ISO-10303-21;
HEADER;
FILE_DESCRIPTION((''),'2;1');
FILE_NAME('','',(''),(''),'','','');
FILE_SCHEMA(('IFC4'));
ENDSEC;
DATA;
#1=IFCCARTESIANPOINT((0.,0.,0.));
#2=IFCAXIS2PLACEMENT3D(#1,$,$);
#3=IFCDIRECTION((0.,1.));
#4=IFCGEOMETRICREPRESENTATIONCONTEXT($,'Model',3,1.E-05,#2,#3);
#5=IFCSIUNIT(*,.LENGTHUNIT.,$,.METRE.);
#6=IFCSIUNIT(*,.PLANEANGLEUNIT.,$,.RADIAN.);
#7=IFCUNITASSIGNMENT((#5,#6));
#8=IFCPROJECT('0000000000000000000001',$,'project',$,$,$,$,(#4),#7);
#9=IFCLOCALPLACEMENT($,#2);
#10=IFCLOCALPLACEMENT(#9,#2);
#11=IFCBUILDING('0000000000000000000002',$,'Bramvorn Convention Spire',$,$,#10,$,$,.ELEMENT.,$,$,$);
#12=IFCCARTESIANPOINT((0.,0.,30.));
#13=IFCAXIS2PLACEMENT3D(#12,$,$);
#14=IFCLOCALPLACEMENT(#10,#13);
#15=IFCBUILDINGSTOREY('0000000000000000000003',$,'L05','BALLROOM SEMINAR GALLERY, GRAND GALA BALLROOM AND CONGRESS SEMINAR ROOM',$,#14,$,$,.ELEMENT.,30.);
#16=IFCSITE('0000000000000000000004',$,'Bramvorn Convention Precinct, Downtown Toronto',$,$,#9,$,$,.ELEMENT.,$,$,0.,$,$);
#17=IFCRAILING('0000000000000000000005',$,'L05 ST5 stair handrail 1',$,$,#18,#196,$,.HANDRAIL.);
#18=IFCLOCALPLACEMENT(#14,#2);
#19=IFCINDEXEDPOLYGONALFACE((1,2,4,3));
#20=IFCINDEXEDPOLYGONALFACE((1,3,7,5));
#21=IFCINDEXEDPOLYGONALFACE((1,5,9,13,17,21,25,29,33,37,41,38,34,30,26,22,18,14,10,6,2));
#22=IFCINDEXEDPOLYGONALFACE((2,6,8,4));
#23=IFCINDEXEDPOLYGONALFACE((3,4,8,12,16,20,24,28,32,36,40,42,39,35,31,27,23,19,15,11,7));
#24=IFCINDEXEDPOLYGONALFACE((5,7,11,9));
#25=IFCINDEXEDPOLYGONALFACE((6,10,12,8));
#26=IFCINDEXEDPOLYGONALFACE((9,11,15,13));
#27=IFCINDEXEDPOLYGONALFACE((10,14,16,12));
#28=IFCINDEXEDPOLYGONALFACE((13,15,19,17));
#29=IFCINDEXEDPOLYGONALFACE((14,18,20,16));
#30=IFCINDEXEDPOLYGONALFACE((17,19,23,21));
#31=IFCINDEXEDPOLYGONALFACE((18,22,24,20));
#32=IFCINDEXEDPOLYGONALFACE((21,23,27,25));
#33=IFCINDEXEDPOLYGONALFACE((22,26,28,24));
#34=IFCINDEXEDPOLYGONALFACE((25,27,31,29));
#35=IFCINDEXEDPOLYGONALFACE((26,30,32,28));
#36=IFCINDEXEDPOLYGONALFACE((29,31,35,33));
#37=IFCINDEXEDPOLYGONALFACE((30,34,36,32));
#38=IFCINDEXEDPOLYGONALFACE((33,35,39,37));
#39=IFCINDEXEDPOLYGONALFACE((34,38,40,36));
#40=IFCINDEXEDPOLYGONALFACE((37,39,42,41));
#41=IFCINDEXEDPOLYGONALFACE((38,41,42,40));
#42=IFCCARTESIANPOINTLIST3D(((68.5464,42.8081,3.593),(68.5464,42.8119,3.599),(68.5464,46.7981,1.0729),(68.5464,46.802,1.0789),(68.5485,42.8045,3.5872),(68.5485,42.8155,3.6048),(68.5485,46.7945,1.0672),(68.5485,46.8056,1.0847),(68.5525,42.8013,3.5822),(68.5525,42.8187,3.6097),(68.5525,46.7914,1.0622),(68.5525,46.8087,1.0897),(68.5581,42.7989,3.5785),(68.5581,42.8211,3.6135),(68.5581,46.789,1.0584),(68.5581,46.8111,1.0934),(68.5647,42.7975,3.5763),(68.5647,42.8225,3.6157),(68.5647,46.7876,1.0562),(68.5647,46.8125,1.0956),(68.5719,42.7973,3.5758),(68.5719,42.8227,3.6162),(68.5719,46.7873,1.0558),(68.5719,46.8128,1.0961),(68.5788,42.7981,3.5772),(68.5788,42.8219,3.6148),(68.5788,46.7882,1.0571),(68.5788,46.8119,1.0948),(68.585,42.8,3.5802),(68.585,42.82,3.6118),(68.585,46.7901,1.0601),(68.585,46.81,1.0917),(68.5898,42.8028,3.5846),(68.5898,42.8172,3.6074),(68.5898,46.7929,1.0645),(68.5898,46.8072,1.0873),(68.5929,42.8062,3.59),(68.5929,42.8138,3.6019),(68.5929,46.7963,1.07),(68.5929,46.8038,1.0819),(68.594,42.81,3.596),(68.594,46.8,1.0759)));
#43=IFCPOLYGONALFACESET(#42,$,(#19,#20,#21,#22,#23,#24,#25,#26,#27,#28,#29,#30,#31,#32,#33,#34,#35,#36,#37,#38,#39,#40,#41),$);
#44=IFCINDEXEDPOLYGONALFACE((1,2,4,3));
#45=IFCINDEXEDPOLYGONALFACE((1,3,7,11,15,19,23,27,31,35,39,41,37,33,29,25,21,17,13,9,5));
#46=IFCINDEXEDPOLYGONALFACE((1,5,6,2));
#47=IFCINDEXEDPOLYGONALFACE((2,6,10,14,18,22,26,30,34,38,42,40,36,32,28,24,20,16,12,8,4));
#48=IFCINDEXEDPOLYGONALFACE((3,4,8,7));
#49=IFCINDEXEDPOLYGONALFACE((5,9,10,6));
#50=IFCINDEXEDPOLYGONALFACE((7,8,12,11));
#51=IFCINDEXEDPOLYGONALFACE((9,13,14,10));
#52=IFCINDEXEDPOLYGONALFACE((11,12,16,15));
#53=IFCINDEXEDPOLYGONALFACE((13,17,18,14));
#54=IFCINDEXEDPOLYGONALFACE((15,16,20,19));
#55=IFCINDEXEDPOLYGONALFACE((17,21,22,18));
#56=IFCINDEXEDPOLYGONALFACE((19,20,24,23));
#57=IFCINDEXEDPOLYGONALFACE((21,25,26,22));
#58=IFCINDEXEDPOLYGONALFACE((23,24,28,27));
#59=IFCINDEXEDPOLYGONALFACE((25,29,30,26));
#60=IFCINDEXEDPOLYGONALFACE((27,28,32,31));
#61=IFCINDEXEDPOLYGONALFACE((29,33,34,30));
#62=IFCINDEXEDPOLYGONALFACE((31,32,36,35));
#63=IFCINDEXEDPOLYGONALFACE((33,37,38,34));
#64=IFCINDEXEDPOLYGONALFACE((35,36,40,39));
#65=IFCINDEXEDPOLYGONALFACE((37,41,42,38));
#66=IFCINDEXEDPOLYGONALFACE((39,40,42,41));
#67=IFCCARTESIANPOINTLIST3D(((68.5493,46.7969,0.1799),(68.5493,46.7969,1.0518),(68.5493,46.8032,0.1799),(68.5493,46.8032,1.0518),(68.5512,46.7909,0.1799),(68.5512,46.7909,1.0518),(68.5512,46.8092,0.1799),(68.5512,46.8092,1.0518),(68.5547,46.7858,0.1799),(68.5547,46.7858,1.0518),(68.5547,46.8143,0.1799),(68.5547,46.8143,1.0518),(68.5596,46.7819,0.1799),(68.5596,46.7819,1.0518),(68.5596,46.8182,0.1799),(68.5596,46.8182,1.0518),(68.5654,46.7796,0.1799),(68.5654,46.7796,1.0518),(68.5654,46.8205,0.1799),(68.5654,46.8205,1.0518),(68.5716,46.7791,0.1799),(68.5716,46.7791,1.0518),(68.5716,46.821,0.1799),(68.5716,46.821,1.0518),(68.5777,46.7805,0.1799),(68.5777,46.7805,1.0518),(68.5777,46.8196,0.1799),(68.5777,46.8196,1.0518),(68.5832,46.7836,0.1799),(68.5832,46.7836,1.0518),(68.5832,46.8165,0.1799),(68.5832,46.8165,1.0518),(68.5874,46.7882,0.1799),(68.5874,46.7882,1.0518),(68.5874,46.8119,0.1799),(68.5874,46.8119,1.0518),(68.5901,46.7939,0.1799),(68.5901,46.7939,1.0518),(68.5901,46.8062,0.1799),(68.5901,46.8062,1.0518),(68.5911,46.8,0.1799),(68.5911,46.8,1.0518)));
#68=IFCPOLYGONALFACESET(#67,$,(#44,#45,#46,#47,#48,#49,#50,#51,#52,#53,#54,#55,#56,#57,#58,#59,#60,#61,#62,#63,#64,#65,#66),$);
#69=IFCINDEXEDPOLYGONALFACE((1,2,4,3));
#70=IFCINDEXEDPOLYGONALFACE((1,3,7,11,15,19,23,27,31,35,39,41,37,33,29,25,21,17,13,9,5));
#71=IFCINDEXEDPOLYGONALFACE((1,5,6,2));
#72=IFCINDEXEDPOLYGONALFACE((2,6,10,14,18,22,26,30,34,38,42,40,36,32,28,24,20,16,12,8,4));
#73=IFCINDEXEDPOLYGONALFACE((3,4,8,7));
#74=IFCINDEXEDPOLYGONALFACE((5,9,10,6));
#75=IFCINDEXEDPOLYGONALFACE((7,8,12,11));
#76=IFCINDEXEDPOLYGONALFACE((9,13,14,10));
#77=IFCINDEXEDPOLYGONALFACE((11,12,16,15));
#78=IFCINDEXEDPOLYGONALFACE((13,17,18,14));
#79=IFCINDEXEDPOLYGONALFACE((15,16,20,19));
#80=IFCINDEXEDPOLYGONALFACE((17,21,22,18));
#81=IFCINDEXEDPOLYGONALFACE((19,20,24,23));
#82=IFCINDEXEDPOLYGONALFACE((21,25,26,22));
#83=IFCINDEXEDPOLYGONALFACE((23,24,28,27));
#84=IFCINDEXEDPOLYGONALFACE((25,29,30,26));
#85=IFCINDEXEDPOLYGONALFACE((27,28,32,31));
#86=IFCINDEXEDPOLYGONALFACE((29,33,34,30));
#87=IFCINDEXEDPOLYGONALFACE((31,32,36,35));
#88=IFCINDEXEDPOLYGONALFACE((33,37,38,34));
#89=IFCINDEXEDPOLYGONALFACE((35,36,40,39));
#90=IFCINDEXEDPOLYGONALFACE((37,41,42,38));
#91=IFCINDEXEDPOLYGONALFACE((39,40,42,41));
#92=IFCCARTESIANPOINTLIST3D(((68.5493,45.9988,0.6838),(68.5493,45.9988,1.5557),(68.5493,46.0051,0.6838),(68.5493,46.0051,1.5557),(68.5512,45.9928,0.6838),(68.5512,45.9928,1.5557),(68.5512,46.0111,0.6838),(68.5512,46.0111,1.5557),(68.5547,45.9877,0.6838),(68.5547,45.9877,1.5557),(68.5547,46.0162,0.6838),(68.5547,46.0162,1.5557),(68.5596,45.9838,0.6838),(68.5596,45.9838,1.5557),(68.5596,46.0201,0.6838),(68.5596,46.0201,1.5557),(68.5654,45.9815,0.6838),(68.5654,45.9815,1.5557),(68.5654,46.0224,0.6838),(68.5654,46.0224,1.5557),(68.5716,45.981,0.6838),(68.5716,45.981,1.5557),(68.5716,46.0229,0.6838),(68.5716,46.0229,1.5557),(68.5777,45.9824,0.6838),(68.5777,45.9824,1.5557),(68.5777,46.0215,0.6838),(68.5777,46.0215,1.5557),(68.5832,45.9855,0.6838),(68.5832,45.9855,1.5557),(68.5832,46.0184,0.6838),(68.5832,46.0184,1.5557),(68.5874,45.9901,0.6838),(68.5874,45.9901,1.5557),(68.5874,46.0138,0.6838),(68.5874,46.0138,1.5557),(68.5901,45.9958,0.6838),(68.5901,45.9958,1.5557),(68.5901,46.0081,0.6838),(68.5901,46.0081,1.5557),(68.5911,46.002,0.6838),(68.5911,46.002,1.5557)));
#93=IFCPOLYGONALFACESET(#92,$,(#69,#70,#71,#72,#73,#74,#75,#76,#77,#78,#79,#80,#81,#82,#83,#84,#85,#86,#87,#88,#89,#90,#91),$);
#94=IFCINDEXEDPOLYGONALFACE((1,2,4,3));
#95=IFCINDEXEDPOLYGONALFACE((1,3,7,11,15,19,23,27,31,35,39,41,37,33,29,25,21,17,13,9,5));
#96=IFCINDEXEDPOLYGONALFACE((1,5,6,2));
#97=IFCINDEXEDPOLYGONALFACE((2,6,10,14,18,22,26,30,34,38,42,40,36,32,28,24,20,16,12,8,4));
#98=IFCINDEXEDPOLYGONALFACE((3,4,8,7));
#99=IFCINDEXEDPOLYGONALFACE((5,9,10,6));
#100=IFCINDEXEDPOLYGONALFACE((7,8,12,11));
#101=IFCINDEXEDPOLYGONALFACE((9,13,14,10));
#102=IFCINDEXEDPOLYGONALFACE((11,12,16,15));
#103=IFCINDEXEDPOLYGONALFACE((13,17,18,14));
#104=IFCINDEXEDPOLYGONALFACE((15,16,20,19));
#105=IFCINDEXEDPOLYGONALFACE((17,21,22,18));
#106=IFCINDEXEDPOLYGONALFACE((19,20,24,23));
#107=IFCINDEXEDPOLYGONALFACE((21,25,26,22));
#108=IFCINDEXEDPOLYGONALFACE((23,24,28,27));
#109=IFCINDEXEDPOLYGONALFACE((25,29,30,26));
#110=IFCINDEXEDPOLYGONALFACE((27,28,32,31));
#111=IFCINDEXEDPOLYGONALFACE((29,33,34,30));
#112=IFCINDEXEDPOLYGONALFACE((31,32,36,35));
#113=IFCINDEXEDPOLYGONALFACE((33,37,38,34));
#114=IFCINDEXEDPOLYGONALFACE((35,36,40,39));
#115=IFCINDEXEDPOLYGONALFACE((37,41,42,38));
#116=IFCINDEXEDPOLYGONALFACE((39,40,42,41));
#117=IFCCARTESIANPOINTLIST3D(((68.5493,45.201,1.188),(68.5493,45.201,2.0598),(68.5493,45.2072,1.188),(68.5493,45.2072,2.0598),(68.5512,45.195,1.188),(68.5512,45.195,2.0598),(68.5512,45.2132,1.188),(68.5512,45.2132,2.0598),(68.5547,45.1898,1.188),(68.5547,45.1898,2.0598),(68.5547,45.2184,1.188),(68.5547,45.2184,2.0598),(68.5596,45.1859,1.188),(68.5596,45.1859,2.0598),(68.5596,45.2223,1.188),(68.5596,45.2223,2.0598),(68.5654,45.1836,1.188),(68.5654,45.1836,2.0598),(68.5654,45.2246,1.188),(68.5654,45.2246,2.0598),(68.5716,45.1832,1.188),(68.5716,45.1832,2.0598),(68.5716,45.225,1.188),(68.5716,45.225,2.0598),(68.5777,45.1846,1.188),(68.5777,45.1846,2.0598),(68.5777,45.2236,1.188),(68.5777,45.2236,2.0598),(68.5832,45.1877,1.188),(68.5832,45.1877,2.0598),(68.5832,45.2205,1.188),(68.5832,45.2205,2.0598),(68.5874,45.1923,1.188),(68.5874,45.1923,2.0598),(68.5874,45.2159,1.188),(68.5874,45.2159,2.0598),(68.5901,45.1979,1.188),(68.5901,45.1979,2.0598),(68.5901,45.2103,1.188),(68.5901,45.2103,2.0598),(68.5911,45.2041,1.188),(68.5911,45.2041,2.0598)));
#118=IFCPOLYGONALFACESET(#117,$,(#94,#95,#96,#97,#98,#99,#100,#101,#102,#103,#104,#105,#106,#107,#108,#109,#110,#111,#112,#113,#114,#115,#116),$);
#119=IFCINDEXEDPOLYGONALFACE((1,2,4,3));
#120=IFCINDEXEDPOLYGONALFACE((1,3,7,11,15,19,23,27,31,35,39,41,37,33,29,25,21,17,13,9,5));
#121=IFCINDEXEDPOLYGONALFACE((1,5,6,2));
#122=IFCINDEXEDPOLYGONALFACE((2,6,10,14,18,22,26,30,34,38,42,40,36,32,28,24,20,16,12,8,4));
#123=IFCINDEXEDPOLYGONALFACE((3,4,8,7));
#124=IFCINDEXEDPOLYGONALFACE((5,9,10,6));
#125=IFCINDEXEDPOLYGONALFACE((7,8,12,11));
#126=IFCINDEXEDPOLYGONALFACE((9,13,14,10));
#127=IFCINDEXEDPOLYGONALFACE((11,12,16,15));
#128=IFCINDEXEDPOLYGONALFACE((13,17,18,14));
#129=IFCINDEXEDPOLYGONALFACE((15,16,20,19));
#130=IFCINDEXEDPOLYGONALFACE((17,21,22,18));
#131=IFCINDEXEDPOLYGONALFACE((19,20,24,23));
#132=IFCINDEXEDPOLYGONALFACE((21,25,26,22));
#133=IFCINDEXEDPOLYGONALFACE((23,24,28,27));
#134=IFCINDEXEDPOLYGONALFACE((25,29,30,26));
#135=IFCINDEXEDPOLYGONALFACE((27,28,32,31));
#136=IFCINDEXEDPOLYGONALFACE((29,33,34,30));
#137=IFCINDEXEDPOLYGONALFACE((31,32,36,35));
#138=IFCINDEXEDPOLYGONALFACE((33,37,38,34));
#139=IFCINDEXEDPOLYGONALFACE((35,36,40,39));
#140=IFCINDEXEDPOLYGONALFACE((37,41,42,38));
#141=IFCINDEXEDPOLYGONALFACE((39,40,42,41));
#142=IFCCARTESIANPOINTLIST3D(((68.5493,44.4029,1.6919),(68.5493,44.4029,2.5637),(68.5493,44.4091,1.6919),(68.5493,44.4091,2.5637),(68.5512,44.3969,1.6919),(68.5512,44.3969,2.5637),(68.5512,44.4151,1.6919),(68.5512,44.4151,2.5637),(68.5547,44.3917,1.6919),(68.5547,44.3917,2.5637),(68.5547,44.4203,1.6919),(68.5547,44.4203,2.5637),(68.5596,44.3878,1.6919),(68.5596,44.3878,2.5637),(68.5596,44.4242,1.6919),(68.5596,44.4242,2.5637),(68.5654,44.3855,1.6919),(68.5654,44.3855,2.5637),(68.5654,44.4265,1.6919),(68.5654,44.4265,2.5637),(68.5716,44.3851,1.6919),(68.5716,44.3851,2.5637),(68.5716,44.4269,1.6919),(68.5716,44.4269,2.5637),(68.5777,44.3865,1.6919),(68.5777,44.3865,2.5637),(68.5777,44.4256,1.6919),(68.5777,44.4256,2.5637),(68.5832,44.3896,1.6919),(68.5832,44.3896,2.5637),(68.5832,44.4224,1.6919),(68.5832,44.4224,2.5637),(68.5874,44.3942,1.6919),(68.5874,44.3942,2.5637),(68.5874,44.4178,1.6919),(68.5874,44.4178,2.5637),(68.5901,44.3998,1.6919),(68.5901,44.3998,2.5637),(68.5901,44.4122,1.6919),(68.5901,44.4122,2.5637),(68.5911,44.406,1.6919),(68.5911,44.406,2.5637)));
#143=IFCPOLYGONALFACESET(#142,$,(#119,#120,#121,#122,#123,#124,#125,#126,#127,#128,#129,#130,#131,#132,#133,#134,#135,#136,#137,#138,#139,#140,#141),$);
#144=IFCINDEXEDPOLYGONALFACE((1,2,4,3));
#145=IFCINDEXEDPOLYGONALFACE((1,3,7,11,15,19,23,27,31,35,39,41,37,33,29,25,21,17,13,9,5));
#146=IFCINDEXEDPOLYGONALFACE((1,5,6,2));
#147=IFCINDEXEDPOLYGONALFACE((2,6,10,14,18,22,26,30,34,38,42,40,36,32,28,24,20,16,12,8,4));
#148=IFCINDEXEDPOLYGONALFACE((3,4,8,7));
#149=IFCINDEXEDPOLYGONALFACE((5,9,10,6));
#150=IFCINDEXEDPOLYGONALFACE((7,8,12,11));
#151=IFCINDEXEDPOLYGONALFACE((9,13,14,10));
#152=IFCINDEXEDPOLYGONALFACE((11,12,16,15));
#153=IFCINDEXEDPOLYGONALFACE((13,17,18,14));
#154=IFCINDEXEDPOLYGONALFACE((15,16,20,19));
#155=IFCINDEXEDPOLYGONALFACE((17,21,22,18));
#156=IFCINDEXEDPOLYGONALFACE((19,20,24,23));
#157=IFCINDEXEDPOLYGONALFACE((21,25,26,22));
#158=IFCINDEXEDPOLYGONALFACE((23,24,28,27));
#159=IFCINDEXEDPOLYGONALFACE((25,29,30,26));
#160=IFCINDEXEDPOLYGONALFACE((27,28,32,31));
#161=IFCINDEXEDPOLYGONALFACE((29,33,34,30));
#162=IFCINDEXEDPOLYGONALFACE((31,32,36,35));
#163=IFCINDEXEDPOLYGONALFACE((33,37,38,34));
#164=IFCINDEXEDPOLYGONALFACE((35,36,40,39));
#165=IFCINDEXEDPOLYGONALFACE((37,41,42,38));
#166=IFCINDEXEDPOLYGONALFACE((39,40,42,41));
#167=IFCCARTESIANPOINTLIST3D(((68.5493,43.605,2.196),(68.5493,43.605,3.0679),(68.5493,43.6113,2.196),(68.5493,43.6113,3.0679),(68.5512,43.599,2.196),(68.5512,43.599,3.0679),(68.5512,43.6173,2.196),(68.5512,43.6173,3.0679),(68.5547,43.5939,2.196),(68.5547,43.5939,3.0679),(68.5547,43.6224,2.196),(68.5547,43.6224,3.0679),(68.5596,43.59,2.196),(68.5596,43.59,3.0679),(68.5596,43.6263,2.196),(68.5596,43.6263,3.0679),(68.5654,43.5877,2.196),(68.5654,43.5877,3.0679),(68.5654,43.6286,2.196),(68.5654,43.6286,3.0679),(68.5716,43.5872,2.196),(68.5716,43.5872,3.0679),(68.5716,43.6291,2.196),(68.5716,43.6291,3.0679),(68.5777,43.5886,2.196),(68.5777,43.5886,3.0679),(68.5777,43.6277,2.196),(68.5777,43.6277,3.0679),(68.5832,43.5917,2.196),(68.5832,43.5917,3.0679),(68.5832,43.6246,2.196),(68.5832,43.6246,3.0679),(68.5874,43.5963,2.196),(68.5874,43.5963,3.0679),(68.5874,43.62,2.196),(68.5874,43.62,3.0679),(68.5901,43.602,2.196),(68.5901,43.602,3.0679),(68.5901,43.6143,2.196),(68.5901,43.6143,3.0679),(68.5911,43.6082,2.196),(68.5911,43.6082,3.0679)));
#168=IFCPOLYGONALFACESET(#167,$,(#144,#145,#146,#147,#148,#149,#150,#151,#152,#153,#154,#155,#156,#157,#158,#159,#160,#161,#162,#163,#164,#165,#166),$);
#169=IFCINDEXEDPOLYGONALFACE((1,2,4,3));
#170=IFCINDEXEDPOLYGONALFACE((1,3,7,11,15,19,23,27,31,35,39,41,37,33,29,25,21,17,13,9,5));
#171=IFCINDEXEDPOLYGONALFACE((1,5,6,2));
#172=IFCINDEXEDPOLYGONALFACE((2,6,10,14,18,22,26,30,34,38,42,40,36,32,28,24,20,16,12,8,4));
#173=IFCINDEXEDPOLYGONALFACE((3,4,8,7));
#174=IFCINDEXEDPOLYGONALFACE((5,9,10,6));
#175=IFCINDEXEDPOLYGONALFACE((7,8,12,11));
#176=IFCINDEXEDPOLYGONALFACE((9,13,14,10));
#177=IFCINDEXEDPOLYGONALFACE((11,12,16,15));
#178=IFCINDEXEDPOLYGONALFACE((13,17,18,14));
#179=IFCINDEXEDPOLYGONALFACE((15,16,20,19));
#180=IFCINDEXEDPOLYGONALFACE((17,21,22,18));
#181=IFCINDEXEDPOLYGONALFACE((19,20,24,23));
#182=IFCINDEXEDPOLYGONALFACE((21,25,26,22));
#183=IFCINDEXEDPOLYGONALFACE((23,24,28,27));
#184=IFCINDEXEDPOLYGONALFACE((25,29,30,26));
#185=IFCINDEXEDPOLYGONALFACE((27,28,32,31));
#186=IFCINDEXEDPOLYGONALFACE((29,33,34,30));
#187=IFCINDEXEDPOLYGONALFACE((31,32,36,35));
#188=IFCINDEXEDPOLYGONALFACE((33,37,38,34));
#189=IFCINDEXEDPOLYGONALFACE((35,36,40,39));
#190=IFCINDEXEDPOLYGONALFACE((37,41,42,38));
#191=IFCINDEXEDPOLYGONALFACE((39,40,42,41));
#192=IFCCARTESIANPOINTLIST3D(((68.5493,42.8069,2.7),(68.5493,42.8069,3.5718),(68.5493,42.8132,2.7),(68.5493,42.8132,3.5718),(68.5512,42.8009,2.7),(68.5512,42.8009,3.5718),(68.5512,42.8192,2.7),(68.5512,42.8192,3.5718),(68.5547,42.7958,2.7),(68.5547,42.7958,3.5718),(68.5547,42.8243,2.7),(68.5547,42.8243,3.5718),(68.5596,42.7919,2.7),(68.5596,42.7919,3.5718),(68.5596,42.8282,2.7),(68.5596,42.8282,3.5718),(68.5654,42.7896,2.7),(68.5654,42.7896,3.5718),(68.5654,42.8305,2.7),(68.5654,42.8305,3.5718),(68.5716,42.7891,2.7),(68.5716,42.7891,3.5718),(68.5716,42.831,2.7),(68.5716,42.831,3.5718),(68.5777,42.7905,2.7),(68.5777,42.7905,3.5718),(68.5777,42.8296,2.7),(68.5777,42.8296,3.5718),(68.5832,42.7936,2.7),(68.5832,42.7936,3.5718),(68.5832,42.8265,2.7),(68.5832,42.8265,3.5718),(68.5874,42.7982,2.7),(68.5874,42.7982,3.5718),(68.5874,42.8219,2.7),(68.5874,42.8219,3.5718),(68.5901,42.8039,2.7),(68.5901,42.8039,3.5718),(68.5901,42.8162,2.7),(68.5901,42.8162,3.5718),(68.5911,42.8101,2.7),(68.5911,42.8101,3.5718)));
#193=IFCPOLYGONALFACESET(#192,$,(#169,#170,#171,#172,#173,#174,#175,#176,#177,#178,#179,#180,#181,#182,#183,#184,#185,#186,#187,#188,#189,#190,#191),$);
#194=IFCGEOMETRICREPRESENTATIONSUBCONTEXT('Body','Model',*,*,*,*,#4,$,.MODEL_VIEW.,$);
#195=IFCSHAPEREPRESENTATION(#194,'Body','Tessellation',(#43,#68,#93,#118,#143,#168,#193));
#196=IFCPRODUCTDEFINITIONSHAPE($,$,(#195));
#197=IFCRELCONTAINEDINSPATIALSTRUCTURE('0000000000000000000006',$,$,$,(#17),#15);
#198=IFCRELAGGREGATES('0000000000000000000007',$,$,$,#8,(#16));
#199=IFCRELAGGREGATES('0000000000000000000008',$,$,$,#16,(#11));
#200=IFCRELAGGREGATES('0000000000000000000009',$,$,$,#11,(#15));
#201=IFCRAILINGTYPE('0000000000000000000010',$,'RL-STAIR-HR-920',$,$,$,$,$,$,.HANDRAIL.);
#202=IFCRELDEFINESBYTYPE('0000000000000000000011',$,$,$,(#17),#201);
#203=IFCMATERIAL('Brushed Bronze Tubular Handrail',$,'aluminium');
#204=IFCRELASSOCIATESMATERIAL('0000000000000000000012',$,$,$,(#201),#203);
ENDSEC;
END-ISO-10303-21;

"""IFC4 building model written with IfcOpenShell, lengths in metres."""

from ifc_helpers import new_model, si_unit, direction, frame, origin, origin_2d, place, context, subcontext, project, spatial, circle, extrude, material, type_object, element, save


model = new_model("IFC4")

# Units and contexts
model_context = context("Model", 3, precision=1e-05, world=origin(), true_north=direction((0.0, 1.0)))
body_context = subcontext(model_context, "Body", "Model", "MODEL_VIEW")
ifc_project = project(units=[si_unit("LENGTHUNIT", "METRE"), si_unit("PLANEANGLEUNIT", "RADIAN")], contexts=[model_context])

# Site, building, storey
site_placement = place(None, origin())
site = spatial("IfcSite", under=ifc_project, at=site_placement, Name="Bramvorn Convention Precinct, Downtown Toronto", CompositionType="ELEMENT", RefElevation=0.0)
building_placement = place(site_placement, origin())
building = spatial("IfcBuilding", under=site, at=building_placement, Name="Bramvorn Convention Spire", CompositionType="ELEMENT")
storey_placement = place(building_placement, frame((0.0, 0.0, 30.0)))
storey = spatial("IfcBuildingStorey", under=building, at=storey_placement, Name="L05", Description="BALLROOM SEMINAR GALLERY, GRAND GALA BALLROOM AND CONGRESS SEMINAR ROOM", CompositionType="ELEMENT", Elevation=30.0)

# Railing
ifc_material_1 = material(Name="Brushed Bronze Tubular Handrail", Category="aluminium")
railing_type_1 = type_object("IfcRailingType", Name="RL-STAIR-HR-920", PredefinedType="HANDRAIL", material=ifc_material_1)
railing_1_placement = place(storey_placement, frame((68.5701, 46.8, 0.1799)))
element("IfcRailing", 1, at=railing_1_placement, inside=storey, type_object=railing_type_1, Name="L05 ST5 stair handrail 1", PredefinedType="HANDRAIL", context=body_context, shape_type="SweptSolid", body=[
    extrude(circle(Radius=0.0239, at=origin_2d()), frame((0.0, 0.0, 0.896), z_axis=(0.0, -0.845486, 0.533997), x_axis=(1.0, 0.0, 0.0)), (0.0, 0.0, 1.0), 4.7192),
    extrude(circle(Radius=0.021, at=origin_2d()), origin(), (0.0, 0.0, 1.0), 0.8718),
    extrude(circle(Radius=0.021, at=origin_2d()), frame((0.0, -0.7981, 0.5039)), (0.0, 0.0, 1.0), 0.8718),
    extrude(circle(Radius=0.021, at=origin_2d()), frame((0.0, -1.5959, 1.0081)), (0.0, 0.0, 1.0), 0.8718),
    extrude(circle(Radius=0.021, at=origin_2d()), frame((0.0, -2.394, 1.512)), (0.0, 0.0, 1.0), 0.8718),
    extrude(circle(Radius=0.021, at=origin_2d()), frame((0.0, -3.1919, 2.0161)), (0.0, 0.0, 1.0), 0.8718),
    extrude(circle(Radius=0.021, at=origin_2d()), frame((0.0, -3.99, 2.52)), (0.0, 0.0, 1.0), 0.8718),
])

save(model, "model.ifc")
